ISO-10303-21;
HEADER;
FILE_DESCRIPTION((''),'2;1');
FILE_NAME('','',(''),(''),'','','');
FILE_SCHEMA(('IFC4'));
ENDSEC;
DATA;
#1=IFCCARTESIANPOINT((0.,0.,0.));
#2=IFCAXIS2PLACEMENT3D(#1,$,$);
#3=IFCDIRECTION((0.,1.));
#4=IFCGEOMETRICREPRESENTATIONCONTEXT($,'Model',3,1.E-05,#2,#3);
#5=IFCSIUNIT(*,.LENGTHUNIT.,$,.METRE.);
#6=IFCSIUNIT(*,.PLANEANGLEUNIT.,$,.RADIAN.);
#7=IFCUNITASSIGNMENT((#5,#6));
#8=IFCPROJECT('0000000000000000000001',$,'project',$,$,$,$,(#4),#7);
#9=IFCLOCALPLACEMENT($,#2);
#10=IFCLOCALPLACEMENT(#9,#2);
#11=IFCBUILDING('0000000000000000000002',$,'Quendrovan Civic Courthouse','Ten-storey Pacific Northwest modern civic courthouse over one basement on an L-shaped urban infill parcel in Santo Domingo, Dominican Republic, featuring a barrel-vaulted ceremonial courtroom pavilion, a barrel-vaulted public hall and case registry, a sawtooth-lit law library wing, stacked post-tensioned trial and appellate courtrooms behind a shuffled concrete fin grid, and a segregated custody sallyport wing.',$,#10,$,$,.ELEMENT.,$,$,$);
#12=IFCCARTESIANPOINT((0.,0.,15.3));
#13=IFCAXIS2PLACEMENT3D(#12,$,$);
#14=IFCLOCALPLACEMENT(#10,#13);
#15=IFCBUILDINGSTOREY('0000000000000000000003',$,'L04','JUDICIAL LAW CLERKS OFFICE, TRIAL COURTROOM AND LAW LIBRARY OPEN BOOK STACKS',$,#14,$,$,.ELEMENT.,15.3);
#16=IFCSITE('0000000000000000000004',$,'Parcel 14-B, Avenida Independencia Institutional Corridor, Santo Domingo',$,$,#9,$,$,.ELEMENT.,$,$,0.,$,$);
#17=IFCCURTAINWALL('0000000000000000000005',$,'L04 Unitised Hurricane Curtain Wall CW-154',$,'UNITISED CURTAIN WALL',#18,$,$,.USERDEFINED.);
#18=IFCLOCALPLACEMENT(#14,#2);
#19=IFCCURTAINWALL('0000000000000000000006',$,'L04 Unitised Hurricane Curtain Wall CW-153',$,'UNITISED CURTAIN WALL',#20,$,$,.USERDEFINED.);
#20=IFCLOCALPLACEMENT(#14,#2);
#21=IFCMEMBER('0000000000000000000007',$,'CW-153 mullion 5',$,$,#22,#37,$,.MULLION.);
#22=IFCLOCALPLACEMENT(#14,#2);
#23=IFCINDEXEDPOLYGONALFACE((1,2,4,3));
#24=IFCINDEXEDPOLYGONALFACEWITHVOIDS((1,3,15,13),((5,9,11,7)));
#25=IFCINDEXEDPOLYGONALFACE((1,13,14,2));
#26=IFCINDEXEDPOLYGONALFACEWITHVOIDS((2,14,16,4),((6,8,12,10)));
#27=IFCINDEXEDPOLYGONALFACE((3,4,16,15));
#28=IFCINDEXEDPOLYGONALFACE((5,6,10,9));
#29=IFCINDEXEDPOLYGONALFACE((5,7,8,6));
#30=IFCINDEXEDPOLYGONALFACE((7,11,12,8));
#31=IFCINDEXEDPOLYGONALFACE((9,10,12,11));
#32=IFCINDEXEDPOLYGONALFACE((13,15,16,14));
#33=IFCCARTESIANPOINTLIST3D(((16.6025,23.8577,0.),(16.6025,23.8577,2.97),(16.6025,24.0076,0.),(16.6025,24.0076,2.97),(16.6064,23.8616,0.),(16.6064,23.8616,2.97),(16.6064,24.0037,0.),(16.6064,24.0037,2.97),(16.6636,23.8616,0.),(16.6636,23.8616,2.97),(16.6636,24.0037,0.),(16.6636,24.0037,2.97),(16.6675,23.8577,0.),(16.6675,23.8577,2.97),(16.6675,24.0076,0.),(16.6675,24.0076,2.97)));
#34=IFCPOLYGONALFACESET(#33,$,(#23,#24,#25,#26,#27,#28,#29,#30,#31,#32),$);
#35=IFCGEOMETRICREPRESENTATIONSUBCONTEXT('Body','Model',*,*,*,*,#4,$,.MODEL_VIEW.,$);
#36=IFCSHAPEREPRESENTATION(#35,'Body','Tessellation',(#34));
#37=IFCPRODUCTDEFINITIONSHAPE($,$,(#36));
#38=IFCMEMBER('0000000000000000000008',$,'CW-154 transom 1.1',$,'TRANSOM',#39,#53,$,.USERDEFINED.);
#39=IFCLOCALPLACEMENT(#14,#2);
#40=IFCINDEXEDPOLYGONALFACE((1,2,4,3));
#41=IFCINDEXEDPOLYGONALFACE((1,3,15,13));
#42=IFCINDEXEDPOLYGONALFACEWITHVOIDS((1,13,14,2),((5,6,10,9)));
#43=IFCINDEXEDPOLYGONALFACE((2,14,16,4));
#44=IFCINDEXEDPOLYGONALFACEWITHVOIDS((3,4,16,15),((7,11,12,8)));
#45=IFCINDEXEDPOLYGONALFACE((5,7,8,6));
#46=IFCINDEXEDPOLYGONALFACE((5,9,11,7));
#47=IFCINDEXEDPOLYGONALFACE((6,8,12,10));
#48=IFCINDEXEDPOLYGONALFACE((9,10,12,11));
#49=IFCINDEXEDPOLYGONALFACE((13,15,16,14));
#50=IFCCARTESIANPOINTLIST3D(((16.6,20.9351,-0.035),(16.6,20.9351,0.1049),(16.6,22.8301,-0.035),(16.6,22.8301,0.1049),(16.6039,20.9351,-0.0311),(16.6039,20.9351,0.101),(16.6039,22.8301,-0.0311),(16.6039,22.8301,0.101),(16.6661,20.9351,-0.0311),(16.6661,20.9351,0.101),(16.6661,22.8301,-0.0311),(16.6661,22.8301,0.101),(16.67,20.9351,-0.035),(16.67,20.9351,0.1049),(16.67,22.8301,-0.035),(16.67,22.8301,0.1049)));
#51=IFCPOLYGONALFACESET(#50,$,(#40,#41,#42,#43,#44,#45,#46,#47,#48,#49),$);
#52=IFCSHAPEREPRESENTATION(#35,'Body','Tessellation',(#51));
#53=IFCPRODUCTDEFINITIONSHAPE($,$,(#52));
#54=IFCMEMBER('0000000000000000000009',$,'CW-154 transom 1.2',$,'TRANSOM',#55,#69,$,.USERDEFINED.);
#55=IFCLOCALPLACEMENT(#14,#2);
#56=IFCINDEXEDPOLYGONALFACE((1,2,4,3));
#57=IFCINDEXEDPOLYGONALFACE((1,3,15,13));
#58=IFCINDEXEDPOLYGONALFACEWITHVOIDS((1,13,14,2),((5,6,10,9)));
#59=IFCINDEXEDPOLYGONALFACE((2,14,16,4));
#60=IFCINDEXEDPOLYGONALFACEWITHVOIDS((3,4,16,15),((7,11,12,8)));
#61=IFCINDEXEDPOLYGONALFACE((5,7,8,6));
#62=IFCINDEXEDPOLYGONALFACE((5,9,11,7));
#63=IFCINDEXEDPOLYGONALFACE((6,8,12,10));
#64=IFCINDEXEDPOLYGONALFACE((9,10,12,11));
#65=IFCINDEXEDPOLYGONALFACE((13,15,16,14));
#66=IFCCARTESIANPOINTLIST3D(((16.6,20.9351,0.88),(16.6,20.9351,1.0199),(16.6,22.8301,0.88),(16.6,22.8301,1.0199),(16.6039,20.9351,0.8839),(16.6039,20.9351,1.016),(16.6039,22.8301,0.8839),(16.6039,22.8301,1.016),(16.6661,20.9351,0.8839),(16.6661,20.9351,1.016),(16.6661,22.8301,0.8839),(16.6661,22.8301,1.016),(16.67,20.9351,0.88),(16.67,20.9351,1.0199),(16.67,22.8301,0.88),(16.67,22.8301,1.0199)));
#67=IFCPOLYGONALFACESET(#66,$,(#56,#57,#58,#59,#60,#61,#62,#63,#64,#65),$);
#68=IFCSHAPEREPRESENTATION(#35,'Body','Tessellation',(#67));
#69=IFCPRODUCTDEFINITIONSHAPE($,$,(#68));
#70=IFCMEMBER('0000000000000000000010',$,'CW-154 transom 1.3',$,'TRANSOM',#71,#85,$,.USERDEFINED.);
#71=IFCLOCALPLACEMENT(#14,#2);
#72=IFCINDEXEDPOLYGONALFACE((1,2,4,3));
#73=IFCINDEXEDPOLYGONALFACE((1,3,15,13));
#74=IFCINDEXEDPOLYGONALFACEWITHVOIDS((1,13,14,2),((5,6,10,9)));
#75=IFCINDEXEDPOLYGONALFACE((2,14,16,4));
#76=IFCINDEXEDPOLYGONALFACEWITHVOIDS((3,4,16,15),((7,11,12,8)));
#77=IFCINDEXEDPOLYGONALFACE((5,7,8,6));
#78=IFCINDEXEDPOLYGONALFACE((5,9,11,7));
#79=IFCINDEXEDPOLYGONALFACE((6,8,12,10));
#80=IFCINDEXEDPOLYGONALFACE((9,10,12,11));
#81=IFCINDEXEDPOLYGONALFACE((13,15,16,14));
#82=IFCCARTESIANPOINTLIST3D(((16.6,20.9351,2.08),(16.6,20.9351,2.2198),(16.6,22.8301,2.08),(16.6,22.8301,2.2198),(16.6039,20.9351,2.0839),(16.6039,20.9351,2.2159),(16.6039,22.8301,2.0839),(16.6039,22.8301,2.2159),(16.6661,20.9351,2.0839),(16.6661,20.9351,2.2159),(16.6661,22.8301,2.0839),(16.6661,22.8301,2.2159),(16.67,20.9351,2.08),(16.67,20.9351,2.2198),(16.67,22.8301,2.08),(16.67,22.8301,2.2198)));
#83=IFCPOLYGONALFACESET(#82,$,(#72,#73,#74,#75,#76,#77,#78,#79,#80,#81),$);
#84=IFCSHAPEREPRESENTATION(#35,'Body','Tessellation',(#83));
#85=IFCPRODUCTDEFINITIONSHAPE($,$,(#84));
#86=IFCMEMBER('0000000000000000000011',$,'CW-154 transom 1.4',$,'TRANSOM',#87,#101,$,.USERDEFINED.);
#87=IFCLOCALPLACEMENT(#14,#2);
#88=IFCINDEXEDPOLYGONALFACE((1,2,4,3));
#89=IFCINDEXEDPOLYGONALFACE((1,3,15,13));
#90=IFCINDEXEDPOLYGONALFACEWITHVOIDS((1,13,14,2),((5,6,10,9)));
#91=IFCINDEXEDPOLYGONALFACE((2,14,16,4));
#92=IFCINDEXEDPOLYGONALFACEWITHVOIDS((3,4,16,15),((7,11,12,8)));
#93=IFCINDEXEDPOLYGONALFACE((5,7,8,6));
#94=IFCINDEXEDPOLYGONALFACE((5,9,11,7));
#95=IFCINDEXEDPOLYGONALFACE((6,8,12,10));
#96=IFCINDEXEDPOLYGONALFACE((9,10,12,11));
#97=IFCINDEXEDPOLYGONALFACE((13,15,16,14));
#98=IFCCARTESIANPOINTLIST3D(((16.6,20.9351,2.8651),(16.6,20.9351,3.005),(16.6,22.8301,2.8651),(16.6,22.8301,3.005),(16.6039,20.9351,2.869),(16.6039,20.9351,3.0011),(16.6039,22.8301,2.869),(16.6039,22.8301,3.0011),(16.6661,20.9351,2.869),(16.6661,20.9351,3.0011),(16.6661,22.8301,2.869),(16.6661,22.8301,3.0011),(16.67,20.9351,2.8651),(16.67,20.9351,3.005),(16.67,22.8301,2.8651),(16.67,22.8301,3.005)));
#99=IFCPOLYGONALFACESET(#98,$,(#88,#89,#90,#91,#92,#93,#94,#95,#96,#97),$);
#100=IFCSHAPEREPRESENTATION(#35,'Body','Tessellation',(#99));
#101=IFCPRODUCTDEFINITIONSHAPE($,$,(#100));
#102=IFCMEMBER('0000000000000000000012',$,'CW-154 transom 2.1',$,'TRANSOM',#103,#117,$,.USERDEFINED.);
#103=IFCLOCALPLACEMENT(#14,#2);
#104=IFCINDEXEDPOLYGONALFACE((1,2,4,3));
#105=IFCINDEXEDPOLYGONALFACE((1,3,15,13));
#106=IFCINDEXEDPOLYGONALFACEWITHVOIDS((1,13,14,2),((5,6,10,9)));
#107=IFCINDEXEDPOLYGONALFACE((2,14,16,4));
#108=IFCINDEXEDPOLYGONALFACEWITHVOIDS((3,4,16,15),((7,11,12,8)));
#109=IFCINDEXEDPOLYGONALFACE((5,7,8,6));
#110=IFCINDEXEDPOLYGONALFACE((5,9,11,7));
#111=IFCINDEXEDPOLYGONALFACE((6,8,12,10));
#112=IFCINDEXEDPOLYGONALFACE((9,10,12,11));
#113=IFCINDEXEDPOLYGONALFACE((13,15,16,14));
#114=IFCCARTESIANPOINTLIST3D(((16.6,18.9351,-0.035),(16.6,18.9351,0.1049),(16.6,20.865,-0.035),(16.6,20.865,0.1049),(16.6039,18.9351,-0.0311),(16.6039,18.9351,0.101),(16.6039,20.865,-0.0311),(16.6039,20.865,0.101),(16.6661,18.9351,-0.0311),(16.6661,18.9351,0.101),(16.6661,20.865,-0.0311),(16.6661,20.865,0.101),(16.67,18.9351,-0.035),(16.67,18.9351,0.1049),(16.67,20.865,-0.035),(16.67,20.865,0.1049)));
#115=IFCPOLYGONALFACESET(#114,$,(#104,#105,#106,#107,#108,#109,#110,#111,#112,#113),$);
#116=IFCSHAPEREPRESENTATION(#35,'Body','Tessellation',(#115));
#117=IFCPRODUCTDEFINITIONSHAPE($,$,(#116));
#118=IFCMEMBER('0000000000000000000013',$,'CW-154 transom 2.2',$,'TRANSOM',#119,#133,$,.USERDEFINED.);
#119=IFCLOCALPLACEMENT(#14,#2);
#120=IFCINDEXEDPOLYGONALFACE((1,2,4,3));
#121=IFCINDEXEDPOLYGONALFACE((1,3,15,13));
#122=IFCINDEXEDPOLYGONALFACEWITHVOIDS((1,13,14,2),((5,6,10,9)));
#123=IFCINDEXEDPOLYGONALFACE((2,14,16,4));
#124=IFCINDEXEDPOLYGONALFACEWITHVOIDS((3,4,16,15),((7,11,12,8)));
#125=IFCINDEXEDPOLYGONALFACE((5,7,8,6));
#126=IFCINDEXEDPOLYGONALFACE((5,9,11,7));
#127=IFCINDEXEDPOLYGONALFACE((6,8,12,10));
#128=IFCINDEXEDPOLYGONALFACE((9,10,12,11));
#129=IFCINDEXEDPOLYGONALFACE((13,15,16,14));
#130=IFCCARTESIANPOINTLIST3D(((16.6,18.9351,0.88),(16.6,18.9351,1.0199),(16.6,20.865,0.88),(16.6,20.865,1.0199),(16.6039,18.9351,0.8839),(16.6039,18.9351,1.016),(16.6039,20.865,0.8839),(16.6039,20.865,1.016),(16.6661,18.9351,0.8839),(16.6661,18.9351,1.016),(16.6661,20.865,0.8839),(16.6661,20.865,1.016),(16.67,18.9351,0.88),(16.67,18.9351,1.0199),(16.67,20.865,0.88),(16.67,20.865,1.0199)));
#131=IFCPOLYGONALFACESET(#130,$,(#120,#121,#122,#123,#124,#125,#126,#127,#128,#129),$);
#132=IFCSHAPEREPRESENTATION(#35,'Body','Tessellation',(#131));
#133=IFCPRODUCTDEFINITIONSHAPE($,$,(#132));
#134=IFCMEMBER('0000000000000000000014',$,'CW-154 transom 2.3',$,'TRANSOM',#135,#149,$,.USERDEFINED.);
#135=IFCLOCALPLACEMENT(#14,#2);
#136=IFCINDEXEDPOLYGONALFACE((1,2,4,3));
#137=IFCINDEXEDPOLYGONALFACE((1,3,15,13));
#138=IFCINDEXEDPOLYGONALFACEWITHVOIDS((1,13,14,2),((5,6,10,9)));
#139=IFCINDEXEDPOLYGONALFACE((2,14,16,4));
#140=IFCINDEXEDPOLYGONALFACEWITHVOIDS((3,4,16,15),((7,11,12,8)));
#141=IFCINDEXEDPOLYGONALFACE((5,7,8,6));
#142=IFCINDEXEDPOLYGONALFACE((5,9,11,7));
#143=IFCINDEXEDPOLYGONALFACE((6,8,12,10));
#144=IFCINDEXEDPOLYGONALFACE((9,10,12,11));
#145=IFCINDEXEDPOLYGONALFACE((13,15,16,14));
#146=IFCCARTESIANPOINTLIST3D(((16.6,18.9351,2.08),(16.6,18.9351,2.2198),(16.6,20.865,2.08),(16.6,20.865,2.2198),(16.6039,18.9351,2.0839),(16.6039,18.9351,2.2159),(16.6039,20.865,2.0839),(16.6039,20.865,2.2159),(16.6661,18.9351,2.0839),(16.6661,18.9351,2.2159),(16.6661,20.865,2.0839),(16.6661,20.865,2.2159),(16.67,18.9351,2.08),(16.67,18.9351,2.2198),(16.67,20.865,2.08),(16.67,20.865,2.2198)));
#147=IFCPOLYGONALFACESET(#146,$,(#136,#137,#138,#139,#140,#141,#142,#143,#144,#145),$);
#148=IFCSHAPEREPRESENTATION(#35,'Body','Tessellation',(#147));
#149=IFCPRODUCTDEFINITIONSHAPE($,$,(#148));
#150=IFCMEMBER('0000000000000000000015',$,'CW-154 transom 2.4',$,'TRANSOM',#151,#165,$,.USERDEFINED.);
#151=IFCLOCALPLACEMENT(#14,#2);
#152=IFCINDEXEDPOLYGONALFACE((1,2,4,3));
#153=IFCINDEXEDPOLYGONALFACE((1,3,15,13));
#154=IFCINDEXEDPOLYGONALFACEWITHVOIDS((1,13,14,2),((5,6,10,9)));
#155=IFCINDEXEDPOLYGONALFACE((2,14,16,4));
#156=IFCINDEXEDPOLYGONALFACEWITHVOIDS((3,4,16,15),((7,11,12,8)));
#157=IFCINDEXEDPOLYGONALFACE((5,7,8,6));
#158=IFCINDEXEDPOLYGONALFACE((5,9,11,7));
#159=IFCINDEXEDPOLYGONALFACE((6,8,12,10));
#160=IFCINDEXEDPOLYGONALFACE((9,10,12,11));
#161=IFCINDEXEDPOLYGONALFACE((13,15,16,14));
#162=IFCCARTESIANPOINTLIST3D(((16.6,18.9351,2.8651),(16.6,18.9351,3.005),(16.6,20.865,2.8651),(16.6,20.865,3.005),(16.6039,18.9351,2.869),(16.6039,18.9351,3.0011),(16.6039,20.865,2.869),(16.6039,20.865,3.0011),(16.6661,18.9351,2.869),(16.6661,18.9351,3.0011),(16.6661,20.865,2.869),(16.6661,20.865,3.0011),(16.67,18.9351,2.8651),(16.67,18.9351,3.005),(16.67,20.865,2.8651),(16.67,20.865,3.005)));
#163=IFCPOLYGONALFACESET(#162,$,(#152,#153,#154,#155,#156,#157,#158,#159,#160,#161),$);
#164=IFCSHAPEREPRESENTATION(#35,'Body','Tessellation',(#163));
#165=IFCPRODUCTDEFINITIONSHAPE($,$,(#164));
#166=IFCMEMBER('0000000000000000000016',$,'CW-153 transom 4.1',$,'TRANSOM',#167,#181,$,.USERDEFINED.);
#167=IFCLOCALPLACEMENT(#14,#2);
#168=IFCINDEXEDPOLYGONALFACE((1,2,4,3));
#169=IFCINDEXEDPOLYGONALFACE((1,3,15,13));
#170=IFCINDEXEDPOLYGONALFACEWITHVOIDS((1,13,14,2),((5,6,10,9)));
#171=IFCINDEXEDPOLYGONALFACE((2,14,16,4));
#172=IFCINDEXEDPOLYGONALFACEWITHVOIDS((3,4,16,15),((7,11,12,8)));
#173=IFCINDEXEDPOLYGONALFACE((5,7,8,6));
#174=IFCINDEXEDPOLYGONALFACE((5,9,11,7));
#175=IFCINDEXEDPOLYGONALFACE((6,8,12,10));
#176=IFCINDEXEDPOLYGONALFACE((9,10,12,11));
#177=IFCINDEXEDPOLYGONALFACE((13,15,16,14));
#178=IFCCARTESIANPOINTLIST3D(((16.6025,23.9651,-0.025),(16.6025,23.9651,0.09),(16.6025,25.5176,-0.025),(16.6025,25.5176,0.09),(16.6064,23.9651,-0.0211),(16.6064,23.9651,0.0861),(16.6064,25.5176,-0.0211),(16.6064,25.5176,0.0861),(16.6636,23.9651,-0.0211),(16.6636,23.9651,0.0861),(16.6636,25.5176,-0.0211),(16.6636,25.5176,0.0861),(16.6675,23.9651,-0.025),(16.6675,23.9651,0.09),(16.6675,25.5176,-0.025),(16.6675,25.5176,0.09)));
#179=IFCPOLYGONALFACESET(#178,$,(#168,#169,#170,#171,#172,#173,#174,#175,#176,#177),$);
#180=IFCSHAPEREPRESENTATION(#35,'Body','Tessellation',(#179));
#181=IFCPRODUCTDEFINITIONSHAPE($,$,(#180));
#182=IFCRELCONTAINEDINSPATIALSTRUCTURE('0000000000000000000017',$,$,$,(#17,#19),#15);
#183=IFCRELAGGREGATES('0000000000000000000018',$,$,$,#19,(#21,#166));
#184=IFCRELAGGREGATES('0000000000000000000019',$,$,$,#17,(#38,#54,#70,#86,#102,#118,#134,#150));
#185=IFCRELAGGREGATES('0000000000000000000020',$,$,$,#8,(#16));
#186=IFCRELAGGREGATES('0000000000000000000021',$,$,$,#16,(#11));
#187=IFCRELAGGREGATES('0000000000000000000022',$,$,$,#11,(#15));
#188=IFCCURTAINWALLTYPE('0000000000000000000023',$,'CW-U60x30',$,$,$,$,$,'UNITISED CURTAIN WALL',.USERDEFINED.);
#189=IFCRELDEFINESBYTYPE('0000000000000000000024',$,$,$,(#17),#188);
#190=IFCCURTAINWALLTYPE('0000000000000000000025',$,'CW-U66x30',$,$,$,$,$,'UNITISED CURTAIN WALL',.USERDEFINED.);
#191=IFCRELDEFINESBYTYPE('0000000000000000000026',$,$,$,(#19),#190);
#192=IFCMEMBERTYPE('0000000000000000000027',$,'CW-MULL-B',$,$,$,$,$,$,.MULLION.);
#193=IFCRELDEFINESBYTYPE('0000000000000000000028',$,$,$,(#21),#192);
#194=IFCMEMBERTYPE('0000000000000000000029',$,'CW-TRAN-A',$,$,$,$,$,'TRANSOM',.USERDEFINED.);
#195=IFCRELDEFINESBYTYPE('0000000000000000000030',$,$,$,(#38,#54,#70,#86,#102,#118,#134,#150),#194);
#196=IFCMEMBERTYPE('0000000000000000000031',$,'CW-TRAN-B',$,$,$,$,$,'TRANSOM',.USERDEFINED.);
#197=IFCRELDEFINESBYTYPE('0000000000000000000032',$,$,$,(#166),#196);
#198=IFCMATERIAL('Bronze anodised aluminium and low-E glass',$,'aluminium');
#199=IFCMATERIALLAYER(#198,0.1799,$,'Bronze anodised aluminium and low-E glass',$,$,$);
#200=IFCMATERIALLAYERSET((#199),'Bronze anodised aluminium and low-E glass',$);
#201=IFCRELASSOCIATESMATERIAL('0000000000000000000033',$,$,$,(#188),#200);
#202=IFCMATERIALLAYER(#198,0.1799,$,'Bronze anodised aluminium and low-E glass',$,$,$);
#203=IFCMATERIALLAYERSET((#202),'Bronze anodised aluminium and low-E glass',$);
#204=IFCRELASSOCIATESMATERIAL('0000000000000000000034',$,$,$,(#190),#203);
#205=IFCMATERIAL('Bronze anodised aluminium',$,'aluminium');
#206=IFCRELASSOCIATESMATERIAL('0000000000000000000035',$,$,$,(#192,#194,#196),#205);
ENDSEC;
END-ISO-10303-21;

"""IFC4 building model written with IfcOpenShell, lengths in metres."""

from ifc_helpers import new_model, si_unit, direction, frame, origin, origin_2d, place, context, subcontext, project, spatial, hollow_rectangle, extrude, material, layer, layer_set, material_profile, profile_set, type_object, element, aggregate, save


model = new_model("IFC4")

# Units and contexts
model_context = context("Model", 3, precision=1e-05, world=origin(), true_north=direction((0.0, 1.0)))
body_context = subcontext(model_context, "Body", "Model", "MODEL_VIEW")
ifc_project = project(units=[si_unit("LENGTHUNIT", "METRE"), si_unit("PLANEANGLEUNIT", "RADIAN")], contexts=[model_context])

# Site, building, storey
site_placement = place(None, origin())
site = spatial("IfcSite", under=ifc_project, at=site_placement, Name="Parcel 14-B, Avenida Independencia Institutional Corridor, Santo Domingo", CompositionType="ELEMENT", RefElevation=0.0)
building_placement = place(site_placement, origin())
building = spatial("IfcBuilding", under=site, at=building_placement, Name="Quendrovan Civic Courthouse", Description="Ten-storey Pacific Northwest modern civic courthouse over one basement on an L-shaped urban infill parcel in Santo Domingo, Dominican Republic, featuring a barrel-vaulted ceremonial courtroom pavilion, a barrel-vaulted public hall and case registry, a sawtooth-lit law library wing, stacked post-tensioned trial and appellate courtrooms behind a shuffled concrete fin grid, and a segregated custody sallyport wing.", CompositionType="ELEMENT")
storey_placement = place(building_placement, frame((0.0, 0.0, 15.3)))
storey = spatial("IfcBuildingStorey", under=building, at=storey_placement, Name="L04", Description="JUDICIAL LAW CLERKS OFFICE, TRIAL COURTROOM AND LAW LIBRARY OPEN BOOK STACKS", CompositionType="ELEMENT", Elevation=15.3)

# Curtain wall
ifc_material_1 = material(Name="Bronze anodised aluminium and low-E glass", Category="aluminium")
ifc_layer_1 = layer(ifc_material_1, 0.1799, Name="Bronze anodised aluminium and low-E glass")
ifc_layer_set_1 = layer_set([ifc_layer_1], Name="Bronze anodised aluminium and low-E glass")
curtain_wall_type_1 = type_object("IfcCurtainWallType", Name="CW-U60x30", ElementType="UNITISED CURTAIN WALL", PredefinedType="USERDEFINED", material=ifc_layer_set_1)
curtain_wall_1_placement = place(storey_placement, origin())
curtain_wall_1 = element("IfcCurtainWall", 1, at=curtain_wall_1_placement, inside=storey, type_object=curtain_wall_type_1, Name="L04 Unitised Hurricane Curtain Wall CW-154", ObjectType="UNITISED CURTAIN WALL", PredefinedType="USERDEFINED")
ifc_material_2 = material(Name="Bronze anodised aluminium", Category="aluminium")

# Curtain wall, member
ifc_layer_2 = layer(ifc_material_1, 0.1799, Name="Bronze anodised aluminium and low-E glass")
ifc_layer_set_2 = layer_set([ifc_layer_2], Name="Bronze anodised aluminium and low-E glass")
curtain_wall_type_2 = type_object("IfcCurtainWallType", Name="CW-U66x30", ElementType="UNITISED CURTAIN WALL", PredefinedType="USERDEFINED", material=ifc_layer_set_2)
curtain_wall_2_placement = place(storey_placement, origin())
curtain_wall_2 = element("IfcCurtainWall", 2, at=curtain_wall_2_placement, inside=storey, type_object=curtain_wall_type_2, Name="L04 Unitised Hurricane Curtain Wall CW-153", ObjectType="UNITISED CURTAIN WALL", PredefinedType="USERDEFINED")
ifc_material_profile_1 = material_profile(ifc_material_2, hollow_rectangle(XDim=0.0649, YDim=0.1499, WallThickness=0.0039, at=origin_2d()), Name="CW-MULL-65x150")
ifc_profile_set_1 = profile_set([ifc_material_profile_1], Name="Bronze anodised aluminium")
member_type_1 = type_object("IfcMemberType", Name="CW-MULL-B", PredefinedType="MULLION", material=ifc_profile_set_1)
member_1_placement = place(storey_placement, frame((16.635, 23.9326, 0.0), z_axis=(0.0, 0.0, 1.0), x_axis=(1.0, 0.0, 0.0)))
member_1 = element("IfcMember", 3, at=member_1_placement, type_object=member_type_1, Name="CW-153 mullion 5", PredefinedType="MULLION", context=body_context, shape_type="SweptSolid", body=[
    extrude(hollow_rectangle(XDim=0.0649, YDim=0.1499, WallThickness=0.0039, at=origin_2d()), origin(), (0.0, 0.0, 1.0), 2.97),
])

# Members
ifc_material_profile_2 = material_profile(ifc_material_2, hollow_rectangle(XDim=0.0701, YDim=0.1399, WallThickness=0.0039, at=origin_2d()), Name="CW-TRAN-70x140")
ifc_profile_set_2 = profile_set([ifc_material_profile_2], Name="Bronze anodised aluminium")
member_type_2 = type_object("IfcMemberType", Name="CW-TRAN-A", ElementType="TRANSOM", PredefinedType="USERDEFINED", material=ifc_profile_set_2)
member_2_placement = place(storey_placement, frame((16.635, 22.8301, 0.0349), z_axis=(0.0, -1.0, 0.0), x_axis=(1.0, 0.0, 0.0)))
member_2 = element("IfcMember", 4, at=member_2_placement, type_object=member_type_2, Name="CW-154 transom 1.1", ObjectType="TRANSOM", PredefinedType="USERDEFINED", context=body_context, shape_type="SweptSolid", body=[
    extrude(hollow_rectangle(XDim=0.0701, YDim=0.1399, WallThickness=0.0039, at=origin_2d()), origin(), (0.0, 0.0, 1.0), 1.895),
])
member_3_placement = place(storey_placement, frame((16.635, 22.8301, 0.95), z_axis=(0.0, -1.0, 0.0), x_axis=(1.0, 0.0, 0.0)))
member_3 = element("IfcMember", 5, at=member_3_placement, type_object=member_type_2, Name="CW-154 transom 1.2", ObjectType="TRANSOM", PredefinedType="USERDEFINED", context=body_context, shape_type="SweptSolid", body=[
    extrude(hollow_rectangle(XDim=0.0701, YDim=0.1399, WallThickness=0.0039, at=origin_2d()), origin(), (0.0, 0.0, 1.0), 1.895),
])
member_4_placement = place(storey_placement, frame((16.635, 22.8301, 2.1499), z_axis=(0.0, -1.0, 0.0), x_axis=(1.0, 0.0, 0.0)))
member_4 = element("IfcMember", 6, at=member_4_placement, type_object=member_type_2, Name="CW-154 transom 1.3", ObjectType="TRANSOM", PredefinedType="USERDEFINED", context=body_context, shape_type="SweptSolid", body=[
    extrude(hollow_rectangle(XDim=0.0701, YDim=0.1399, WallThickness=0.0039, at=origin_2d()), origin(), (0.0, 0.0, 1.0), 1.895),
])
member_5_placement = place(storey_placement, frame((16.635, 22.8301, 2.9351), z_axis=(0.0, -1.0, 0.0), x_axis=(1.0, 0.0, 0.0)))
member_5 = element("IfcMember", 7, at=member_5_placement, type_object=member_type_2, Name="CW-154 transom 1.4", ObjectType="TRANSOM", PredefinedType="USERDEFINED", context=body_context, shape_type="SweptSolid", body=[
    extrude(hollow_rectangle(XDim=0.0701, YDim=0.1399, WallThickness=0.0039, at=origin_2d()), origin(), (0.0, 0.0, 1.0), 1.895),
])
member_6_placement = place(storey_placement, frame((16.635, 20.865, 0.0349), z_axis=(0.0, -1.0, 0.0), x_axis=(1.0, 0.0, 0.0)))
member_6 = element("IfcMember", 8, at=member_6_placement, type_object=member_type_2, Name="CW-154 transom 2.1", ObjectType="TRANSOM", PredefinedType="USERDEFINED", context=body_context, shape_type="SweptSolid", body=[
    extrude(hollow_rectangle(XDim=0.0701, YDim=0.1399, WallThickness=0.0039, at=origin_2d()), origin(), (0.0, 0.0, 1.0), 1.9299),
])
member_7_placement = place(storey_placement, frame((16.635, 20.865, 0.95), z_axis=(0.0, -1.0, 0.0), x_axis=(1.0, 0.0, 0.0)))
member_7 = element("IfcMember", 9, at=member_7_placement, type_object=member_type_2, Name="CW-154 transom 2.2", ObjectType="TRANSOM", PredefinedType="USERDEFINED", context=body_context, shape_type="SweptSolid", body=[
    extrude(hollow_rectangle(XDim=0.0701, YDim=0.1399, WallThickness=0.0039, at=origin_2d()), origin(), (0.0, 0.0, 1.0), 1.9299),
])
member_8_placement = place(storey_placement, frame((16.635, 20.865, 2.1499), z_axis=(0.0, -1.0, 0.0), x_axis=(1.0, 0.0, 0.0)))
member_8 = element("IfcMember", 10, at=member_8_placement, type_object=member_type_2, Name="CW-154 transom 2.3", ObjectType="TRANSOM", PredefinedType="USERDEFINED", context=body_context, shape_type="SweptSolid", body=[
    extrude(hollow_rectangle(XDim=0.0701, YDim=0.1399, WallThickness=0.0039, at=origin_2d()), origin(), (0.0, 0.0, 1.0), 1.9299),
])
member_9_placement = place(storey_placement, frame((16.635, 20.865, 2.9351), z_axis=(0.0, -1.0, 0.0), x_axis=(1.0, 0.0, 0.0)))
member_9 = element("IfcMember", 11, at=member_9_placement, type_object=member_type_2, Name="CW-154 transom 2.4", ObjectType="TRANSOM", PredefinedType="USERDEFINED", context=body_context, shape_type="SweptSolid", body=[
    extrude(hollow_rectangle(XDim=0.0701, YDim=0.1399, WallThickness=0.0039, at=origin_2d()), origin(), (0.0, 0.0, 1.0), 1.9299),
])
ifc_material_profile_3 = material_profile(ifc_material_2, hollow_rectangle(XDim=0.0649, YDim=0.115, WallThickness=0.0039, at=origin_2d()), Name="CW-TRAN-65x115")
ifc_profile_set_3 = profile_set([ifc_material_profile_3], Name="Bronze anodised aluminium")
member_type_3 = type_object("IfcMemberType", Name="CW-TRAN-B", ElementType="TRANSOM", PredefinedType="USERDEFINED", material=ifc_profile_set_3)
member_10_placement = place(storey_placement, frame((16.635, 25.5176, 0.0325), z_axis=(0.0, -1.0, 0.0), x_axis=(1.0, 0.0, 0.0)))
member_10 = element("IfcMember", 12, at=member_10_placement, type_object=member_type_3, Name="CW-153 transom 4.1", ObjectType="TRANSOM", PredefinedType="USERDEFINED", context=body_context, shape_type="SweptSolid", body=[
    extrude(hollow_rectangle(XDim=0.0649, YDim=0.115, WallThickness=0.0039, at=origin_2d()), origin(), (0.0, 0.0, 1.0), 1.5525),
])

aggregate(curtain_wall_2, [member_1, member_10])
aggregate(curtain_wall_1, [member_2, member_3, member_4, member_5, member_6, member_7, member_8, member_9])

save(model, "model.ifc")
